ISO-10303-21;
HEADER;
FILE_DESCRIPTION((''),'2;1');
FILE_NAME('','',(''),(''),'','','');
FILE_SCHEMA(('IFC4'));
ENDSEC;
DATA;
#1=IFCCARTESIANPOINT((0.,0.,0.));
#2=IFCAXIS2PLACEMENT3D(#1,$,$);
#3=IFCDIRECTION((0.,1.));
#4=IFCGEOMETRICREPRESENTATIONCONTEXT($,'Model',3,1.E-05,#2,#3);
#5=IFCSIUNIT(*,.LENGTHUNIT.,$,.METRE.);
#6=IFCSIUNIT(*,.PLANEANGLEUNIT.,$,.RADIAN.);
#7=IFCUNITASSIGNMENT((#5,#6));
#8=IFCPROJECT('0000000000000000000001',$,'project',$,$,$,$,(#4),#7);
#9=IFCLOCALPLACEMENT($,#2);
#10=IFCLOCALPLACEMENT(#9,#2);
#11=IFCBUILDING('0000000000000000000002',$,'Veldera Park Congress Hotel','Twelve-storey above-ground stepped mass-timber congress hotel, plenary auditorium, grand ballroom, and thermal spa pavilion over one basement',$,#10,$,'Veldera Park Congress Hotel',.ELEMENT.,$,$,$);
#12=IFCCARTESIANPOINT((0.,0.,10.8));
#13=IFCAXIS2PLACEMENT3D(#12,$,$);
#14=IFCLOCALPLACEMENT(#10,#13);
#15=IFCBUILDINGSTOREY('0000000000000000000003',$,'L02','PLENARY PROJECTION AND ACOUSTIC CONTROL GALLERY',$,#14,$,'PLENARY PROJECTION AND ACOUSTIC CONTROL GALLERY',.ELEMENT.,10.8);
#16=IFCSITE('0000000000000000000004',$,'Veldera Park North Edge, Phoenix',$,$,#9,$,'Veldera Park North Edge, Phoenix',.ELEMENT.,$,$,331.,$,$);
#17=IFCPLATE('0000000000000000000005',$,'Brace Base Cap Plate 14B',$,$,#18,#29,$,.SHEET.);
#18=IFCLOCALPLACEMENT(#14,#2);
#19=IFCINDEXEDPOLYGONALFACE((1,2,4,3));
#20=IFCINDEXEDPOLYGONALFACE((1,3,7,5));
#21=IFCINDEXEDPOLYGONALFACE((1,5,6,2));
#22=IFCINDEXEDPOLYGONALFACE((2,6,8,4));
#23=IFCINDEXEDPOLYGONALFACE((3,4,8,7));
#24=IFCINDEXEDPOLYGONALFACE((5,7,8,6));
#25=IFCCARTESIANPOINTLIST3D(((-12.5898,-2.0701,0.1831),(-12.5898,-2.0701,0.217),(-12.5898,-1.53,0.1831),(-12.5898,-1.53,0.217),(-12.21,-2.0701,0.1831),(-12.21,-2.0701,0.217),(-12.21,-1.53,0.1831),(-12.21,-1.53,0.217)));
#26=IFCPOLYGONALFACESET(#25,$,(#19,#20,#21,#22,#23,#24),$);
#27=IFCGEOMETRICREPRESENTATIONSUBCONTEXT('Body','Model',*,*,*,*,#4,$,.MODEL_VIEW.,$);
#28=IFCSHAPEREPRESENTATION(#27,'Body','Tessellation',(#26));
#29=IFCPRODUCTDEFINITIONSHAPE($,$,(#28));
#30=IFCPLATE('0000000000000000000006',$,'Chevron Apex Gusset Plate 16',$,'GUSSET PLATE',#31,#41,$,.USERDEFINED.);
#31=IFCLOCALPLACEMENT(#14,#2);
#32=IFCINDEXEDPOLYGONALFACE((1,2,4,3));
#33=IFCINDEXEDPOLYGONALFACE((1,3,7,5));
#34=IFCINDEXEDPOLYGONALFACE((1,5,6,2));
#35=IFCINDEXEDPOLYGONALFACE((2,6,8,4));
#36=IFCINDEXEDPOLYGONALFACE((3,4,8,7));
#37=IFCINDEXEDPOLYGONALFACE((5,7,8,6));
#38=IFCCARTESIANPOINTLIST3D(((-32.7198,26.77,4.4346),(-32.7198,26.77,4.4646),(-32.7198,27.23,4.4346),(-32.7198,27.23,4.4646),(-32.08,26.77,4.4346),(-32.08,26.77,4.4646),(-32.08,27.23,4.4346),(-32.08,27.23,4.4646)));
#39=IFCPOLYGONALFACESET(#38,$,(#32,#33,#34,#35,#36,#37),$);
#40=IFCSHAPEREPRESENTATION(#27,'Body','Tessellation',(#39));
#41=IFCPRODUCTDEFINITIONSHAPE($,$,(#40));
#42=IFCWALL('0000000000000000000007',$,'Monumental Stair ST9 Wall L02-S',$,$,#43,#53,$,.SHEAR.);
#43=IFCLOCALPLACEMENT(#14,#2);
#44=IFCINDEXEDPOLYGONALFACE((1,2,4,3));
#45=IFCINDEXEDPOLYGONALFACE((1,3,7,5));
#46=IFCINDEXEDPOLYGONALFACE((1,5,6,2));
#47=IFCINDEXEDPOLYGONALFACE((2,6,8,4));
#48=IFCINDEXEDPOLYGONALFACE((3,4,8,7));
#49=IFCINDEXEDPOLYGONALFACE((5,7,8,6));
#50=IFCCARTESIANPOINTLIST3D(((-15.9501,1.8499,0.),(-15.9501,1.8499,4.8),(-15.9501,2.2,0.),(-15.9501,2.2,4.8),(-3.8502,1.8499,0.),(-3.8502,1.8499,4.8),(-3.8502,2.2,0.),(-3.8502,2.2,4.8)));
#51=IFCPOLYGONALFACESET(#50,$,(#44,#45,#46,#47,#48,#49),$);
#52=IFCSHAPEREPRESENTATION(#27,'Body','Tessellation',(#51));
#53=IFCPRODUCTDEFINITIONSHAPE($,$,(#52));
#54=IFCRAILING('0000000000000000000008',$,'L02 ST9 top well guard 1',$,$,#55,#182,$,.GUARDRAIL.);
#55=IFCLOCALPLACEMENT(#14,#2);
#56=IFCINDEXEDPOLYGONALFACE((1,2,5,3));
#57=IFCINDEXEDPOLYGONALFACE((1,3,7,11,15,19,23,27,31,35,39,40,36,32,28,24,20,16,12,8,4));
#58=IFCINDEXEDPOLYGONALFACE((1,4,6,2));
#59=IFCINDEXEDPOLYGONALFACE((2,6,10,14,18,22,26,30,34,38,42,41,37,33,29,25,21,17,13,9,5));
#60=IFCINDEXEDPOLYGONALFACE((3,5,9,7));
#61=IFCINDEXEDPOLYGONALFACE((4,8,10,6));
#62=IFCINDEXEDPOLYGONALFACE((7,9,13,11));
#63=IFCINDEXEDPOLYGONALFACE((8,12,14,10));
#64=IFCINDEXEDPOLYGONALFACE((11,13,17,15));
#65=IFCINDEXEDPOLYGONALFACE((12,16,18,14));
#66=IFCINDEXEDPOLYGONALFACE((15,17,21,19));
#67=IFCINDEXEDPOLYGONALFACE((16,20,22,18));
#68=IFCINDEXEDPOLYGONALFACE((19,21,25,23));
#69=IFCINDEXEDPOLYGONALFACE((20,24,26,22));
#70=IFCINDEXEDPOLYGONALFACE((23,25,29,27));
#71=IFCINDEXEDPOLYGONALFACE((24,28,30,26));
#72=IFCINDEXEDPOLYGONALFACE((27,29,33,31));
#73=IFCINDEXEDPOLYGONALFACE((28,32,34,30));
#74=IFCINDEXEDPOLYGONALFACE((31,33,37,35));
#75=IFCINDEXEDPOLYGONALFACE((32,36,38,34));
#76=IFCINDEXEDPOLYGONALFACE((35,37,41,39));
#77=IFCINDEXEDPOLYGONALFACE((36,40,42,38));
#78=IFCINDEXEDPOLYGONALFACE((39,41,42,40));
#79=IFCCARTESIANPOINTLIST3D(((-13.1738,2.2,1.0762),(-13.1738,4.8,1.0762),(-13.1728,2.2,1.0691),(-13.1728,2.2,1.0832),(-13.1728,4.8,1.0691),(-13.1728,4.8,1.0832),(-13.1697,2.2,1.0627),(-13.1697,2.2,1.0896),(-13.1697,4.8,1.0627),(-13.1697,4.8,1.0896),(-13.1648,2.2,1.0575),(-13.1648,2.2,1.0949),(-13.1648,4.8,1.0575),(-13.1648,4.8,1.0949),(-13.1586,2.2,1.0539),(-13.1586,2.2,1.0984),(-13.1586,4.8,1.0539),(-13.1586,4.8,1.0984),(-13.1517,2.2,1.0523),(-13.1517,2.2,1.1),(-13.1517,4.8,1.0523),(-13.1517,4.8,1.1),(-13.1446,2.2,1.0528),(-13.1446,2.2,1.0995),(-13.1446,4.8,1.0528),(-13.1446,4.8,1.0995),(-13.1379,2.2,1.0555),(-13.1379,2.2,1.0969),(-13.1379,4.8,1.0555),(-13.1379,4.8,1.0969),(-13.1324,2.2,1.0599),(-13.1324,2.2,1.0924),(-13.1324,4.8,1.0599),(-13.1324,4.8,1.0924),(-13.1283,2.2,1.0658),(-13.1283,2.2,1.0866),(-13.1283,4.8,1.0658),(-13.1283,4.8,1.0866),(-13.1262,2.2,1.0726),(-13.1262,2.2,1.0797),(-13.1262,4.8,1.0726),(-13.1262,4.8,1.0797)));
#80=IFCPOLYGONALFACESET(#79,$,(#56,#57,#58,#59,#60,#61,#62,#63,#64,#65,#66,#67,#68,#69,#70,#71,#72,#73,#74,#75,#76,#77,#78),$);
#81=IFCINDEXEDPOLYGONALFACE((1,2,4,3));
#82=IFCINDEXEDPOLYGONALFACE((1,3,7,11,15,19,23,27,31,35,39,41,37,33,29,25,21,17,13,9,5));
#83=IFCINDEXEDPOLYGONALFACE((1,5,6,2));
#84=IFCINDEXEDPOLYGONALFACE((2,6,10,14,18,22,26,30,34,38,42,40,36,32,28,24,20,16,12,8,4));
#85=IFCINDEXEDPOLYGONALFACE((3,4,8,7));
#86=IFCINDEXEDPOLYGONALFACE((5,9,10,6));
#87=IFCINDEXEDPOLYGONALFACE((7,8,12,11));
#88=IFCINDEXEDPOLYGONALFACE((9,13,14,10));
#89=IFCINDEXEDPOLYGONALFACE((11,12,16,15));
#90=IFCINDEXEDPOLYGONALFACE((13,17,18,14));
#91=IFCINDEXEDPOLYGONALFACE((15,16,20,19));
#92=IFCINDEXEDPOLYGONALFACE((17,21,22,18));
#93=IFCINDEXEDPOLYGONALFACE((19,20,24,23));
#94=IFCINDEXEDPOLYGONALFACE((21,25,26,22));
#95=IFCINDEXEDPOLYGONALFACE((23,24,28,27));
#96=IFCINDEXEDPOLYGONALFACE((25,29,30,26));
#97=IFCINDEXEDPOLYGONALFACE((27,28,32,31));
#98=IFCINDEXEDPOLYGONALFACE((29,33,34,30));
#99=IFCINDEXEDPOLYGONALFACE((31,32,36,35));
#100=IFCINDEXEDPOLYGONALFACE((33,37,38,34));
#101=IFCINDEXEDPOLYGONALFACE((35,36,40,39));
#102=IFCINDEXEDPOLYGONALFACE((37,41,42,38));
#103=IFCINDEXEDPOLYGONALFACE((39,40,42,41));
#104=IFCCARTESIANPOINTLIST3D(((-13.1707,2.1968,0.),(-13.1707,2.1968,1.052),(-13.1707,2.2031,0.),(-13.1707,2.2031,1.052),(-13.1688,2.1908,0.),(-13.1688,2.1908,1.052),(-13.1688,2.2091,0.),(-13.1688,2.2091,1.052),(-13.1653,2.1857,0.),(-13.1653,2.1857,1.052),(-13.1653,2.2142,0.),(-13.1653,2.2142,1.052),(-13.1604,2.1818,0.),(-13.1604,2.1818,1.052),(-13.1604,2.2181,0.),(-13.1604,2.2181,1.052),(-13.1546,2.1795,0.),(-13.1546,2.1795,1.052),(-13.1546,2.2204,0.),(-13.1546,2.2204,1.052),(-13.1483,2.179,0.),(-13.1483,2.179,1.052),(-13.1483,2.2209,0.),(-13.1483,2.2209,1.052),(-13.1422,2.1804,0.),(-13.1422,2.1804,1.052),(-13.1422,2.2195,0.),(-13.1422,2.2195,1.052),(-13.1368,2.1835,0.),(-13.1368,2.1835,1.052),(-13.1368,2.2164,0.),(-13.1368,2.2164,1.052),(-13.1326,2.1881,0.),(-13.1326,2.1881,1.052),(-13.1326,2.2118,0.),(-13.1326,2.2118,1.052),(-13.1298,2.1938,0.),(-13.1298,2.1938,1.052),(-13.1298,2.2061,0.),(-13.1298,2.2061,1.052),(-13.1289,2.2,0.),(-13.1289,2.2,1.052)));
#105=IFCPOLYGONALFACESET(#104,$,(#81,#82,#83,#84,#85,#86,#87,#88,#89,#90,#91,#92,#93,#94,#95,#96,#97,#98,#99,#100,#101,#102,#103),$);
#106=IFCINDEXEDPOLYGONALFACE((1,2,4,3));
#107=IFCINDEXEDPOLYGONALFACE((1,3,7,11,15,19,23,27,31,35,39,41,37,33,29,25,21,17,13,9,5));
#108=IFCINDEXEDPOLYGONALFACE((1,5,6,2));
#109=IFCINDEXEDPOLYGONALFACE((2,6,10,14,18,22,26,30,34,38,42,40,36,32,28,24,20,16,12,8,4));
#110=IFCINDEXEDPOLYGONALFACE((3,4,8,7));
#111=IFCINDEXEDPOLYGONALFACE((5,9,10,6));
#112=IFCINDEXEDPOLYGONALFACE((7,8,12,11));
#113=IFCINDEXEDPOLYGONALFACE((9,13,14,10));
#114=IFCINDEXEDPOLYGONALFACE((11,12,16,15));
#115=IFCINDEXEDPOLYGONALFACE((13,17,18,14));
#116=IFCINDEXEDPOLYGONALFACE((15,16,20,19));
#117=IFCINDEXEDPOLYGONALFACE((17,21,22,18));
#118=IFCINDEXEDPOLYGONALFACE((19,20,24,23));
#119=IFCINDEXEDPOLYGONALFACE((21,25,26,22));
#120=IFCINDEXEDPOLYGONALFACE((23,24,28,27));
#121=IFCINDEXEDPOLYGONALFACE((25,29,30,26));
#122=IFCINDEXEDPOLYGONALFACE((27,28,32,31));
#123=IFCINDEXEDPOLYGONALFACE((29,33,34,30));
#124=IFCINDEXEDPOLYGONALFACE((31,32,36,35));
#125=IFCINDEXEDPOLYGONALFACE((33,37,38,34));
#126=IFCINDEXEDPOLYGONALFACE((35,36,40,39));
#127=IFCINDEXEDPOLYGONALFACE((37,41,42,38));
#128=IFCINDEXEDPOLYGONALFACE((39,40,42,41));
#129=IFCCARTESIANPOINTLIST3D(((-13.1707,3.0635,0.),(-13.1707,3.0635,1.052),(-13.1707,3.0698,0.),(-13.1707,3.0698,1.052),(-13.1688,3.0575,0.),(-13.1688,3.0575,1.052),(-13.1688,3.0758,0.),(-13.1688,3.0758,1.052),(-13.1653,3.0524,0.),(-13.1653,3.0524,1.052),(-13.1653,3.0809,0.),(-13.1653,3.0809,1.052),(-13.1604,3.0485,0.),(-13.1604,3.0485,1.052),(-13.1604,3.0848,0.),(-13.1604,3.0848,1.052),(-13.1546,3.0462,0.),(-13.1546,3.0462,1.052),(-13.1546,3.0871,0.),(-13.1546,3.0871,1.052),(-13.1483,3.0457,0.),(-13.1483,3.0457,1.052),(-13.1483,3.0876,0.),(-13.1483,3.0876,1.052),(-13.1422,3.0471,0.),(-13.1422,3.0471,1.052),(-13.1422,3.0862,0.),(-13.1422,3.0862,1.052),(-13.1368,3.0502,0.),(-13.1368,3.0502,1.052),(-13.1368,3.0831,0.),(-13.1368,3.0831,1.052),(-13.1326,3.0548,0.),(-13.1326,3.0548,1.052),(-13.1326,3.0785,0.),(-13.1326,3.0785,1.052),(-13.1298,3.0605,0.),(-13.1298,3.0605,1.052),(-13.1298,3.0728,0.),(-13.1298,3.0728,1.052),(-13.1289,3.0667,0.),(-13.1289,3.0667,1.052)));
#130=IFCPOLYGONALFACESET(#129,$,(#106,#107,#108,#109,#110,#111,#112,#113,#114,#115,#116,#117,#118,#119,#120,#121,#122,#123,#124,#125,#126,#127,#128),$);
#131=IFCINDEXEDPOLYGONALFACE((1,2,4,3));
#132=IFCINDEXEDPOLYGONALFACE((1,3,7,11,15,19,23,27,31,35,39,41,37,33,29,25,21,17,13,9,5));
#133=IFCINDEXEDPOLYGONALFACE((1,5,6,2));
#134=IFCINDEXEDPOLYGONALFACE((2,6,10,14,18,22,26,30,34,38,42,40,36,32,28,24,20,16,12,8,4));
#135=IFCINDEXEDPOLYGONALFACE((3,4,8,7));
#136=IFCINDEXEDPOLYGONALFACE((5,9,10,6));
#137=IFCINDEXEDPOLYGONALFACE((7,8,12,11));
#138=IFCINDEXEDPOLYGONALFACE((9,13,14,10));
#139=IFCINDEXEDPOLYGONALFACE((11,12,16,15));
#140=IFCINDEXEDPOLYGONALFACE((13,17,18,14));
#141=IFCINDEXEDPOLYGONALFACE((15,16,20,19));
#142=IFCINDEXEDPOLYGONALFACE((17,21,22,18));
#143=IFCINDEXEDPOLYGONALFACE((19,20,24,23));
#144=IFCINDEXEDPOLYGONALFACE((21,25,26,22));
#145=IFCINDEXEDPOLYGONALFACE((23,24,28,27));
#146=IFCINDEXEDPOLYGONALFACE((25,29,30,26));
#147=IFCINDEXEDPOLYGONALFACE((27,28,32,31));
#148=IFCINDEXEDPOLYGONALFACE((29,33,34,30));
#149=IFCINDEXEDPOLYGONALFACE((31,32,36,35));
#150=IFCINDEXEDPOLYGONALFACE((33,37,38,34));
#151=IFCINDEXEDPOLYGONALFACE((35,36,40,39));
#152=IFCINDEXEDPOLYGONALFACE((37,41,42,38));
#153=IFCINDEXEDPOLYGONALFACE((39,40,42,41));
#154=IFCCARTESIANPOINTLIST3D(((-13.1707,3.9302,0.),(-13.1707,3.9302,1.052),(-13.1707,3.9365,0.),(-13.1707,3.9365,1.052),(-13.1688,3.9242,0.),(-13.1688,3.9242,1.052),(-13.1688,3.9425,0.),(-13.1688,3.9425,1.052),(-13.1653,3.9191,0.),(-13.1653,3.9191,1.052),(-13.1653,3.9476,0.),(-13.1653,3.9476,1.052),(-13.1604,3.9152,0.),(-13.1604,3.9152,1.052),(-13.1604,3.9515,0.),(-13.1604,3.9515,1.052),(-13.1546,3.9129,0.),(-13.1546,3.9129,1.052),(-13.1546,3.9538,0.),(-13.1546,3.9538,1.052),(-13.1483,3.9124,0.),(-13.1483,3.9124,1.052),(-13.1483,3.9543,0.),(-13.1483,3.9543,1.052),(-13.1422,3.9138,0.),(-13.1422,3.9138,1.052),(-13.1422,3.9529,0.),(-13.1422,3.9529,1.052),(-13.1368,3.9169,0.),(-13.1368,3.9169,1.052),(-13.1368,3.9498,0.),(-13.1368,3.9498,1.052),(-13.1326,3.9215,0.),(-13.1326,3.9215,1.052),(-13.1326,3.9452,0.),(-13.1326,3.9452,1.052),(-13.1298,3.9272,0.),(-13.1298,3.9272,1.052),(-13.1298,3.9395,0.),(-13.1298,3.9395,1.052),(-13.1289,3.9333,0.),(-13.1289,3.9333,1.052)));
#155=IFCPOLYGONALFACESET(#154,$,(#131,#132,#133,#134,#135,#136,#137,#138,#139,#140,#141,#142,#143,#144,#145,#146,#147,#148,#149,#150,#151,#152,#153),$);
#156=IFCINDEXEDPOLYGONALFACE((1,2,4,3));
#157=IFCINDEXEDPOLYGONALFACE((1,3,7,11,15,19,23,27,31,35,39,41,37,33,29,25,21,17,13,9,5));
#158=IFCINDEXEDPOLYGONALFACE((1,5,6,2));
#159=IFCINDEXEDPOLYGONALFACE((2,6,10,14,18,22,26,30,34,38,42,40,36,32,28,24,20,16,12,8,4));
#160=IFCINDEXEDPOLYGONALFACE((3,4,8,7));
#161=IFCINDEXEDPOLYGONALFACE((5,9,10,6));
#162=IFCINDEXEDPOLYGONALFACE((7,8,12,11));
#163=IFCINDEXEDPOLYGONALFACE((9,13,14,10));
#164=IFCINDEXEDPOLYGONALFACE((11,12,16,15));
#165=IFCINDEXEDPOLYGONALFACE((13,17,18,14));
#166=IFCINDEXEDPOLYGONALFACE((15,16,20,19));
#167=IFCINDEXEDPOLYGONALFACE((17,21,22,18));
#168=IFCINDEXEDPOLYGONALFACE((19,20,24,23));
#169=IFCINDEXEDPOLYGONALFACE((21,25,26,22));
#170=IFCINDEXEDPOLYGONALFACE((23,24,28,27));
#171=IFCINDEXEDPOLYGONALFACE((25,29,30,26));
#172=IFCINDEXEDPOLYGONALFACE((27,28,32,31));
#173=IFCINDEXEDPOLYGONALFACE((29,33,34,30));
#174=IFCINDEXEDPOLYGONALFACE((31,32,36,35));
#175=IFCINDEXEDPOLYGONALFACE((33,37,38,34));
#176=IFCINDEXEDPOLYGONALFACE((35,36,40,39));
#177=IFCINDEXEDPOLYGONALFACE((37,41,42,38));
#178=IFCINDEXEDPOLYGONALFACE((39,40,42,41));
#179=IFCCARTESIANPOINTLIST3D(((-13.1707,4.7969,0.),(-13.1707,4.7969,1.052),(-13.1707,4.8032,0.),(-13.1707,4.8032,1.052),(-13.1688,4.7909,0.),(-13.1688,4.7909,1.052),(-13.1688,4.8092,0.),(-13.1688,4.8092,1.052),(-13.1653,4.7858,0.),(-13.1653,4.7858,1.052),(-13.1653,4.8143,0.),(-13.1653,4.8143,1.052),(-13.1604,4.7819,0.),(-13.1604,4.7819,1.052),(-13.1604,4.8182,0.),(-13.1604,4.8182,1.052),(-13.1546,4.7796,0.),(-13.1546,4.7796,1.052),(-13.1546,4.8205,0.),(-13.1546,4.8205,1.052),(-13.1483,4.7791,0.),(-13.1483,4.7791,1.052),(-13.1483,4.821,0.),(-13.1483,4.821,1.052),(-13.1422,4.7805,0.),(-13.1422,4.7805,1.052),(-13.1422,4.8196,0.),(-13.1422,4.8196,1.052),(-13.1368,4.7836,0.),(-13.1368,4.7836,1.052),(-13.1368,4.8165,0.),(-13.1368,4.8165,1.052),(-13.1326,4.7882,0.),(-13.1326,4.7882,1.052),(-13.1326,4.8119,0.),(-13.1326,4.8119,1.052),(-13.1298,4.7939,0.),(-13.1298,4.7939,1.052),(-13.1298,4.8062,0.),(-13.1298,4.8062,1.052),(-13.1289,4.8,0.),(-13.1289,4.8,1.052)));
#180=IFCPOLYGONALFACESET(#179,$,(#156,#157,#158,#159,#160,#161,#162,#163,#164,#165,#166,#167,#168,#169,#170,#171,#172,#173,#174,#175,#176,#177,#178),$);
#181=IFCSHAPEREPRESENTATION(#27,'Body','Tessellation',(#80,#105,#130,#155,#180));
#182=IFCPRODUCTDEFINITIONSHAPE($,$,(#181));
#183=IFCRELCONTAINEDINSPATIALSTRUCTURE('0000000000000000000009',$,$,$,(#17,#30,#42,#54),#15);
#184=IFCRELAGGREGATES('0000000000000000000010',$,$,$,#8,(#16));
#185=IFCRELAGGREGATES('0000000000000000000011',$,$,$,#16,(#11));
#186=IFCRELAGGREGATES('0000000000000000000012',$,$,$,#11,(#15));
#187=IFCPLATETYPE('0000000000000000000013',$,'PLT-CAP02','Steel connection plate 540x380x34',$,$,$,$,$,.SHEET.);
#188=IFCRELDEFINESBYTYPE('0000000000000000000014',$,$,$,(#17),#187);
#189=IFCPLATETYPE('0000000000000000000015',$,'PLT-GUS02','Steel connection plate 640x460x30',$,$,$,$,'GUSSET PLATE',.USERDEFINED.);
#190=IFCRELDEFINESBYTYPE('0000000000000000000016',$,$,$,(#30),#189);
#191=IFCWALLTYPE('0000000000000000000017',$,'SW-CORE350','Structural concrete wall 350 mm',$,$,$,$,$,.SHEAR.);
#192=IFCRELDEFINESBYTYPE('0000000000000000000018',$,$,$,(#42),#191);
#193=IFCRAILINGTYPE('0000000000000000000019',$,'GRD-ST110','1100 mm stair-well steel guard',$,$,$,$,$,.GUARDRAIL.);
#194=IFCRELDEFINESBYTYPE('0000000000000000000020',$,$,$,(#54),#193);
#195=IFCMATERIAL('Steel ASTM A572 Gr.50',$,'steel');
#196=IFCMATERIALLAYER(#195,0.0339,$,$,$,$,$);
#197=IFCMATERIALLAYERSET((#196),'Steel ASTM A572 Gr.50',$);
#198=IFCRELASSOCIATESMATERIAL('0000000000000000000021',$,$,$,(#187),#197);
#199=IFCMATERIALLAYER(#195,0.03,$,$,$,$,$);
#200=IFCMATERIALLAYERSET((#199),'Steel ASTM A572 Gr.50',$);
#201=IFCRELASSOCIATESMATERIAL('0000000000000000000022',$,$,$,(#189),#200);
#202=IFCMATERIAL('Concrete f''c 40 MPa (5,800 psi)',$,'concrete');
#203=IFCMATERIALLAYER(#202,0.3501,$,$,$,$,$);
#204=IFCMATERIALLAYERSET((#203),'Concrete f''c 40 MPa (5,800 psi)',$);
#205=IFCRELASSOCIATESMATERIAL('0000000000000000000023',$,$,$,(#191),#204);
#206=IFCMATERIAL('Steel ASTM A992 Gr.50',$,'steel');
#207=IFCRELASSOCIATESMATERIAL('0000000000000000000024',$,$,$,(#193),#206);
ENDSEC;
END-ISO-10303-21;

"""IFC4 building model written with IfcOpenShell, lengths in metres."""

from ifc_helpers import new_model, si_unit, direction, frame, frame_2d, origin, origin_2d, place, context, subcontext, project, spatial, rectangle, circle, extrude, material, layer, layer_set, type_object, element, save


model = new_model("IFC4")

# Units and contexts
model_context = context("Model", 3, precision=1e-05, world=origin(), true_north=direction((0.0, 1.0)))
body_context = subcontext(model_context, "Body", "Model", "MODEL_VIEW")
ifc_project = project(units=[si_unit("LENGTHUNIT", "METRE"), si_unit("PLANEANGLEUNIT", "RADIAN")], contexts=[model_context])

# Site, building, storey
site_placement = place(None, origin())
site = spatial("IfcSite", under=ifc_project, at=site_placement, Name="Veldera Park North Edge, Phoenix", LongName="Veldera Park North Edge, Phoenix", CompositionType="ELEMENT", RefElevation=331.0)
building_placement = place(site_placement, origin())
building = spatial("IfcBuilding", under=site, at=building_placement, Name="Veldera Park Congress Hotel", Description="Twelve-storey above-ground stepped mass-timber congress hotel, plenary auditorium, grand ballroom, and thermal spa pavilion over one basement", LongName="Veldera Park Congress Hotel", CompositionType="ELEMENT")
storey_placement = place(building_placement, frame((0.0, 0.0, 10.8)))
storey = spatial("IfcBuildingStorey", under=building, at=storey_placement, Name="L02", Description="PLENARY PROJECTION AND ACOUSTIC CONTROL GALLERY", LongName="PLENARY PROJECTION AND ACOUSTIC CONTROL GALLERY", CompositionType="ELEMENT", Elevation=10.8)

# Shared definitions
ifc_material_1 = material(Name="Steel ASTM A992 Gr.50", Category="steel")

# Plates
ifc_material_2 = material(Name="Steel ASTM A572 Gr.50", Category="steel")
ifc_layer_1 = layer(ifc_material_2, 0.0339)
ifc_layer_set_1 = layer_set([ifc_layer_1], Name="Steel ASTM A572 Gr.50")
plate_type_1 = type_object("IfcPlateType", Name="PLT-CAP02", Description="Steel connection plate 540x380x34", PredefinedType="SHEET", material=ifc_layer_set_1)
plate_1_placement = place(storey_placement, frame((-12.3999, -1.8, 0.1831), z_axis=(0.0, 0.0, 1.0), x_axis=(0.0, 1.0, 0.0)))
element("IfcPlate", 1, at=plate_1_placement, inside=storey, type_object=plate_type_1, Name="Brace Base Cap Plate 14B", PredefinedType="SHEET", context=body_context, shape_type="SweptSolid", body=[
    extrude(rectangle(XDim=0.54, YDim=0.3799, at=origin_2d()), origin(), (0.0, 0.0, 1.0), 0.0339),
])
ifc_layer_2 = layer(ifc_material_2, 0.03)
ifc_layer_set_2 = layer_set([ifc_layer_2], Name="Steel ASTM A572 Gr.50")
plate_type_2 = type_object("IfcPlateType", Name="PLT-GUS02", Description="Steel connection plate 640x460x30", ElementType="GUSSET PLATE", PredefinedType="USERDEFINED", material=ifc_layer_set_2)
plate_2_placement = place(storey_placement, frame((-32.3999, 27.0, 4.4346), z_axis=(0.0, 0.0, 1.0), x_axis=(1.0, 0.0, 0.0)))
element("IfcPlate", 2, at=plate_2_placement, inside=storey, type_object=plate_type_2, Name="Chevron Apex Gusset Plate 16", ObjectType="GUSSET PLATE", PredefinedType="USERDEFINED", context=body_context, shape_type="SweptSolid", body=[
    extrude(rectangle(XDim=0.6399, YDim=0.46, at=origin_2d()), origin(), (0.0, 0.0, 1.0), 0.03),
])

# Wall
ifc_material_3 = material(Name="Concrete f'c 40 MPa (5,800 psi)", Category="concrete")
ifc_layer_3 = layer(ifc_material_3, 0.3501)
ifc_layer_set_3 = layer_set([ifc_layer_3], Name="Concrete f'c 40 MPa (5,800 psi)")
wall_type = type_object("IfcWallType", Name="SW-CORE350", Description="Structural concrete wall 350 mm", PredefinedType="SHEAR", material=ifc_layer_set_3)
wall_placement = place(storey_placement, frame((-15.95, 2.0249, 0.0), z_axis=(0.0, 0.0, 1.0), x_axis=(1.0, 0.0, 0.0)))
element("IfcWall", 3, at=wall_placement, inside=storey, type_object=wall_type, Name="Monumental Stair ST9 Wall L02-S", PredefinedType="SHEAR", context=body_context, shape_type="SweptSolid", body=[
    extrude(rectangle(XDim=12.0999, YDim=0.3501, at=frame_2d((6.0498, 0.0))), origin(), (0.0, 0.0, 1.0), 4.8),
])

# Railing
railing_type = type_object("IfcRailingType", Name="GRD-ST110", Description="1100 mm stair-well steel guard", PredefinedType="GUARDRAIL", material=ifc_material_1)
railing_1_placement = place(storey_placement, frame((-13.1499, 2.2, 0.0)))
element("IfcRailing", 4, at=railing_1_placement, inside=storey, type_object=railing_type, Name="L02 ST9 top well guard 1", PredefinedType="GUARDRAIL", context=body_context, shape_type="SweptSolid", body=[
    extrude(circle(Radius=0.0239, at=origin_2d()), frame((0.0, 0.0, 1.0762), z_axis=(0.0, 1.0, 0.0), x_axis=(-1.0, 0.0, 0.0)), (0.0, 0.0, 1.0), 2.6001),
    extrude(circle(Radius=0.021, at=origin_2d()), origin(), (0.0, 0.0, 1.0), 1.052),
    extrude(circle(Radius=0.021, at=origin_2d()), frame((0.0, 0.8667, 0.0)), (0.0, 0.0, 1.0), 1.052),
    extrude(circle(Radius=0.021, at=origin_2d()), frame((0.0, 1.7334, 0.0)), (0.0, 0.0, 1.0), 1.052),
    extrude(circle(Radius=0.021, at=origin_2d()), frame((0.0, 2.6001, 0.0)), (0.0, 0.0, 1.0), 1.052),
])

save(model, "model.ifc")
